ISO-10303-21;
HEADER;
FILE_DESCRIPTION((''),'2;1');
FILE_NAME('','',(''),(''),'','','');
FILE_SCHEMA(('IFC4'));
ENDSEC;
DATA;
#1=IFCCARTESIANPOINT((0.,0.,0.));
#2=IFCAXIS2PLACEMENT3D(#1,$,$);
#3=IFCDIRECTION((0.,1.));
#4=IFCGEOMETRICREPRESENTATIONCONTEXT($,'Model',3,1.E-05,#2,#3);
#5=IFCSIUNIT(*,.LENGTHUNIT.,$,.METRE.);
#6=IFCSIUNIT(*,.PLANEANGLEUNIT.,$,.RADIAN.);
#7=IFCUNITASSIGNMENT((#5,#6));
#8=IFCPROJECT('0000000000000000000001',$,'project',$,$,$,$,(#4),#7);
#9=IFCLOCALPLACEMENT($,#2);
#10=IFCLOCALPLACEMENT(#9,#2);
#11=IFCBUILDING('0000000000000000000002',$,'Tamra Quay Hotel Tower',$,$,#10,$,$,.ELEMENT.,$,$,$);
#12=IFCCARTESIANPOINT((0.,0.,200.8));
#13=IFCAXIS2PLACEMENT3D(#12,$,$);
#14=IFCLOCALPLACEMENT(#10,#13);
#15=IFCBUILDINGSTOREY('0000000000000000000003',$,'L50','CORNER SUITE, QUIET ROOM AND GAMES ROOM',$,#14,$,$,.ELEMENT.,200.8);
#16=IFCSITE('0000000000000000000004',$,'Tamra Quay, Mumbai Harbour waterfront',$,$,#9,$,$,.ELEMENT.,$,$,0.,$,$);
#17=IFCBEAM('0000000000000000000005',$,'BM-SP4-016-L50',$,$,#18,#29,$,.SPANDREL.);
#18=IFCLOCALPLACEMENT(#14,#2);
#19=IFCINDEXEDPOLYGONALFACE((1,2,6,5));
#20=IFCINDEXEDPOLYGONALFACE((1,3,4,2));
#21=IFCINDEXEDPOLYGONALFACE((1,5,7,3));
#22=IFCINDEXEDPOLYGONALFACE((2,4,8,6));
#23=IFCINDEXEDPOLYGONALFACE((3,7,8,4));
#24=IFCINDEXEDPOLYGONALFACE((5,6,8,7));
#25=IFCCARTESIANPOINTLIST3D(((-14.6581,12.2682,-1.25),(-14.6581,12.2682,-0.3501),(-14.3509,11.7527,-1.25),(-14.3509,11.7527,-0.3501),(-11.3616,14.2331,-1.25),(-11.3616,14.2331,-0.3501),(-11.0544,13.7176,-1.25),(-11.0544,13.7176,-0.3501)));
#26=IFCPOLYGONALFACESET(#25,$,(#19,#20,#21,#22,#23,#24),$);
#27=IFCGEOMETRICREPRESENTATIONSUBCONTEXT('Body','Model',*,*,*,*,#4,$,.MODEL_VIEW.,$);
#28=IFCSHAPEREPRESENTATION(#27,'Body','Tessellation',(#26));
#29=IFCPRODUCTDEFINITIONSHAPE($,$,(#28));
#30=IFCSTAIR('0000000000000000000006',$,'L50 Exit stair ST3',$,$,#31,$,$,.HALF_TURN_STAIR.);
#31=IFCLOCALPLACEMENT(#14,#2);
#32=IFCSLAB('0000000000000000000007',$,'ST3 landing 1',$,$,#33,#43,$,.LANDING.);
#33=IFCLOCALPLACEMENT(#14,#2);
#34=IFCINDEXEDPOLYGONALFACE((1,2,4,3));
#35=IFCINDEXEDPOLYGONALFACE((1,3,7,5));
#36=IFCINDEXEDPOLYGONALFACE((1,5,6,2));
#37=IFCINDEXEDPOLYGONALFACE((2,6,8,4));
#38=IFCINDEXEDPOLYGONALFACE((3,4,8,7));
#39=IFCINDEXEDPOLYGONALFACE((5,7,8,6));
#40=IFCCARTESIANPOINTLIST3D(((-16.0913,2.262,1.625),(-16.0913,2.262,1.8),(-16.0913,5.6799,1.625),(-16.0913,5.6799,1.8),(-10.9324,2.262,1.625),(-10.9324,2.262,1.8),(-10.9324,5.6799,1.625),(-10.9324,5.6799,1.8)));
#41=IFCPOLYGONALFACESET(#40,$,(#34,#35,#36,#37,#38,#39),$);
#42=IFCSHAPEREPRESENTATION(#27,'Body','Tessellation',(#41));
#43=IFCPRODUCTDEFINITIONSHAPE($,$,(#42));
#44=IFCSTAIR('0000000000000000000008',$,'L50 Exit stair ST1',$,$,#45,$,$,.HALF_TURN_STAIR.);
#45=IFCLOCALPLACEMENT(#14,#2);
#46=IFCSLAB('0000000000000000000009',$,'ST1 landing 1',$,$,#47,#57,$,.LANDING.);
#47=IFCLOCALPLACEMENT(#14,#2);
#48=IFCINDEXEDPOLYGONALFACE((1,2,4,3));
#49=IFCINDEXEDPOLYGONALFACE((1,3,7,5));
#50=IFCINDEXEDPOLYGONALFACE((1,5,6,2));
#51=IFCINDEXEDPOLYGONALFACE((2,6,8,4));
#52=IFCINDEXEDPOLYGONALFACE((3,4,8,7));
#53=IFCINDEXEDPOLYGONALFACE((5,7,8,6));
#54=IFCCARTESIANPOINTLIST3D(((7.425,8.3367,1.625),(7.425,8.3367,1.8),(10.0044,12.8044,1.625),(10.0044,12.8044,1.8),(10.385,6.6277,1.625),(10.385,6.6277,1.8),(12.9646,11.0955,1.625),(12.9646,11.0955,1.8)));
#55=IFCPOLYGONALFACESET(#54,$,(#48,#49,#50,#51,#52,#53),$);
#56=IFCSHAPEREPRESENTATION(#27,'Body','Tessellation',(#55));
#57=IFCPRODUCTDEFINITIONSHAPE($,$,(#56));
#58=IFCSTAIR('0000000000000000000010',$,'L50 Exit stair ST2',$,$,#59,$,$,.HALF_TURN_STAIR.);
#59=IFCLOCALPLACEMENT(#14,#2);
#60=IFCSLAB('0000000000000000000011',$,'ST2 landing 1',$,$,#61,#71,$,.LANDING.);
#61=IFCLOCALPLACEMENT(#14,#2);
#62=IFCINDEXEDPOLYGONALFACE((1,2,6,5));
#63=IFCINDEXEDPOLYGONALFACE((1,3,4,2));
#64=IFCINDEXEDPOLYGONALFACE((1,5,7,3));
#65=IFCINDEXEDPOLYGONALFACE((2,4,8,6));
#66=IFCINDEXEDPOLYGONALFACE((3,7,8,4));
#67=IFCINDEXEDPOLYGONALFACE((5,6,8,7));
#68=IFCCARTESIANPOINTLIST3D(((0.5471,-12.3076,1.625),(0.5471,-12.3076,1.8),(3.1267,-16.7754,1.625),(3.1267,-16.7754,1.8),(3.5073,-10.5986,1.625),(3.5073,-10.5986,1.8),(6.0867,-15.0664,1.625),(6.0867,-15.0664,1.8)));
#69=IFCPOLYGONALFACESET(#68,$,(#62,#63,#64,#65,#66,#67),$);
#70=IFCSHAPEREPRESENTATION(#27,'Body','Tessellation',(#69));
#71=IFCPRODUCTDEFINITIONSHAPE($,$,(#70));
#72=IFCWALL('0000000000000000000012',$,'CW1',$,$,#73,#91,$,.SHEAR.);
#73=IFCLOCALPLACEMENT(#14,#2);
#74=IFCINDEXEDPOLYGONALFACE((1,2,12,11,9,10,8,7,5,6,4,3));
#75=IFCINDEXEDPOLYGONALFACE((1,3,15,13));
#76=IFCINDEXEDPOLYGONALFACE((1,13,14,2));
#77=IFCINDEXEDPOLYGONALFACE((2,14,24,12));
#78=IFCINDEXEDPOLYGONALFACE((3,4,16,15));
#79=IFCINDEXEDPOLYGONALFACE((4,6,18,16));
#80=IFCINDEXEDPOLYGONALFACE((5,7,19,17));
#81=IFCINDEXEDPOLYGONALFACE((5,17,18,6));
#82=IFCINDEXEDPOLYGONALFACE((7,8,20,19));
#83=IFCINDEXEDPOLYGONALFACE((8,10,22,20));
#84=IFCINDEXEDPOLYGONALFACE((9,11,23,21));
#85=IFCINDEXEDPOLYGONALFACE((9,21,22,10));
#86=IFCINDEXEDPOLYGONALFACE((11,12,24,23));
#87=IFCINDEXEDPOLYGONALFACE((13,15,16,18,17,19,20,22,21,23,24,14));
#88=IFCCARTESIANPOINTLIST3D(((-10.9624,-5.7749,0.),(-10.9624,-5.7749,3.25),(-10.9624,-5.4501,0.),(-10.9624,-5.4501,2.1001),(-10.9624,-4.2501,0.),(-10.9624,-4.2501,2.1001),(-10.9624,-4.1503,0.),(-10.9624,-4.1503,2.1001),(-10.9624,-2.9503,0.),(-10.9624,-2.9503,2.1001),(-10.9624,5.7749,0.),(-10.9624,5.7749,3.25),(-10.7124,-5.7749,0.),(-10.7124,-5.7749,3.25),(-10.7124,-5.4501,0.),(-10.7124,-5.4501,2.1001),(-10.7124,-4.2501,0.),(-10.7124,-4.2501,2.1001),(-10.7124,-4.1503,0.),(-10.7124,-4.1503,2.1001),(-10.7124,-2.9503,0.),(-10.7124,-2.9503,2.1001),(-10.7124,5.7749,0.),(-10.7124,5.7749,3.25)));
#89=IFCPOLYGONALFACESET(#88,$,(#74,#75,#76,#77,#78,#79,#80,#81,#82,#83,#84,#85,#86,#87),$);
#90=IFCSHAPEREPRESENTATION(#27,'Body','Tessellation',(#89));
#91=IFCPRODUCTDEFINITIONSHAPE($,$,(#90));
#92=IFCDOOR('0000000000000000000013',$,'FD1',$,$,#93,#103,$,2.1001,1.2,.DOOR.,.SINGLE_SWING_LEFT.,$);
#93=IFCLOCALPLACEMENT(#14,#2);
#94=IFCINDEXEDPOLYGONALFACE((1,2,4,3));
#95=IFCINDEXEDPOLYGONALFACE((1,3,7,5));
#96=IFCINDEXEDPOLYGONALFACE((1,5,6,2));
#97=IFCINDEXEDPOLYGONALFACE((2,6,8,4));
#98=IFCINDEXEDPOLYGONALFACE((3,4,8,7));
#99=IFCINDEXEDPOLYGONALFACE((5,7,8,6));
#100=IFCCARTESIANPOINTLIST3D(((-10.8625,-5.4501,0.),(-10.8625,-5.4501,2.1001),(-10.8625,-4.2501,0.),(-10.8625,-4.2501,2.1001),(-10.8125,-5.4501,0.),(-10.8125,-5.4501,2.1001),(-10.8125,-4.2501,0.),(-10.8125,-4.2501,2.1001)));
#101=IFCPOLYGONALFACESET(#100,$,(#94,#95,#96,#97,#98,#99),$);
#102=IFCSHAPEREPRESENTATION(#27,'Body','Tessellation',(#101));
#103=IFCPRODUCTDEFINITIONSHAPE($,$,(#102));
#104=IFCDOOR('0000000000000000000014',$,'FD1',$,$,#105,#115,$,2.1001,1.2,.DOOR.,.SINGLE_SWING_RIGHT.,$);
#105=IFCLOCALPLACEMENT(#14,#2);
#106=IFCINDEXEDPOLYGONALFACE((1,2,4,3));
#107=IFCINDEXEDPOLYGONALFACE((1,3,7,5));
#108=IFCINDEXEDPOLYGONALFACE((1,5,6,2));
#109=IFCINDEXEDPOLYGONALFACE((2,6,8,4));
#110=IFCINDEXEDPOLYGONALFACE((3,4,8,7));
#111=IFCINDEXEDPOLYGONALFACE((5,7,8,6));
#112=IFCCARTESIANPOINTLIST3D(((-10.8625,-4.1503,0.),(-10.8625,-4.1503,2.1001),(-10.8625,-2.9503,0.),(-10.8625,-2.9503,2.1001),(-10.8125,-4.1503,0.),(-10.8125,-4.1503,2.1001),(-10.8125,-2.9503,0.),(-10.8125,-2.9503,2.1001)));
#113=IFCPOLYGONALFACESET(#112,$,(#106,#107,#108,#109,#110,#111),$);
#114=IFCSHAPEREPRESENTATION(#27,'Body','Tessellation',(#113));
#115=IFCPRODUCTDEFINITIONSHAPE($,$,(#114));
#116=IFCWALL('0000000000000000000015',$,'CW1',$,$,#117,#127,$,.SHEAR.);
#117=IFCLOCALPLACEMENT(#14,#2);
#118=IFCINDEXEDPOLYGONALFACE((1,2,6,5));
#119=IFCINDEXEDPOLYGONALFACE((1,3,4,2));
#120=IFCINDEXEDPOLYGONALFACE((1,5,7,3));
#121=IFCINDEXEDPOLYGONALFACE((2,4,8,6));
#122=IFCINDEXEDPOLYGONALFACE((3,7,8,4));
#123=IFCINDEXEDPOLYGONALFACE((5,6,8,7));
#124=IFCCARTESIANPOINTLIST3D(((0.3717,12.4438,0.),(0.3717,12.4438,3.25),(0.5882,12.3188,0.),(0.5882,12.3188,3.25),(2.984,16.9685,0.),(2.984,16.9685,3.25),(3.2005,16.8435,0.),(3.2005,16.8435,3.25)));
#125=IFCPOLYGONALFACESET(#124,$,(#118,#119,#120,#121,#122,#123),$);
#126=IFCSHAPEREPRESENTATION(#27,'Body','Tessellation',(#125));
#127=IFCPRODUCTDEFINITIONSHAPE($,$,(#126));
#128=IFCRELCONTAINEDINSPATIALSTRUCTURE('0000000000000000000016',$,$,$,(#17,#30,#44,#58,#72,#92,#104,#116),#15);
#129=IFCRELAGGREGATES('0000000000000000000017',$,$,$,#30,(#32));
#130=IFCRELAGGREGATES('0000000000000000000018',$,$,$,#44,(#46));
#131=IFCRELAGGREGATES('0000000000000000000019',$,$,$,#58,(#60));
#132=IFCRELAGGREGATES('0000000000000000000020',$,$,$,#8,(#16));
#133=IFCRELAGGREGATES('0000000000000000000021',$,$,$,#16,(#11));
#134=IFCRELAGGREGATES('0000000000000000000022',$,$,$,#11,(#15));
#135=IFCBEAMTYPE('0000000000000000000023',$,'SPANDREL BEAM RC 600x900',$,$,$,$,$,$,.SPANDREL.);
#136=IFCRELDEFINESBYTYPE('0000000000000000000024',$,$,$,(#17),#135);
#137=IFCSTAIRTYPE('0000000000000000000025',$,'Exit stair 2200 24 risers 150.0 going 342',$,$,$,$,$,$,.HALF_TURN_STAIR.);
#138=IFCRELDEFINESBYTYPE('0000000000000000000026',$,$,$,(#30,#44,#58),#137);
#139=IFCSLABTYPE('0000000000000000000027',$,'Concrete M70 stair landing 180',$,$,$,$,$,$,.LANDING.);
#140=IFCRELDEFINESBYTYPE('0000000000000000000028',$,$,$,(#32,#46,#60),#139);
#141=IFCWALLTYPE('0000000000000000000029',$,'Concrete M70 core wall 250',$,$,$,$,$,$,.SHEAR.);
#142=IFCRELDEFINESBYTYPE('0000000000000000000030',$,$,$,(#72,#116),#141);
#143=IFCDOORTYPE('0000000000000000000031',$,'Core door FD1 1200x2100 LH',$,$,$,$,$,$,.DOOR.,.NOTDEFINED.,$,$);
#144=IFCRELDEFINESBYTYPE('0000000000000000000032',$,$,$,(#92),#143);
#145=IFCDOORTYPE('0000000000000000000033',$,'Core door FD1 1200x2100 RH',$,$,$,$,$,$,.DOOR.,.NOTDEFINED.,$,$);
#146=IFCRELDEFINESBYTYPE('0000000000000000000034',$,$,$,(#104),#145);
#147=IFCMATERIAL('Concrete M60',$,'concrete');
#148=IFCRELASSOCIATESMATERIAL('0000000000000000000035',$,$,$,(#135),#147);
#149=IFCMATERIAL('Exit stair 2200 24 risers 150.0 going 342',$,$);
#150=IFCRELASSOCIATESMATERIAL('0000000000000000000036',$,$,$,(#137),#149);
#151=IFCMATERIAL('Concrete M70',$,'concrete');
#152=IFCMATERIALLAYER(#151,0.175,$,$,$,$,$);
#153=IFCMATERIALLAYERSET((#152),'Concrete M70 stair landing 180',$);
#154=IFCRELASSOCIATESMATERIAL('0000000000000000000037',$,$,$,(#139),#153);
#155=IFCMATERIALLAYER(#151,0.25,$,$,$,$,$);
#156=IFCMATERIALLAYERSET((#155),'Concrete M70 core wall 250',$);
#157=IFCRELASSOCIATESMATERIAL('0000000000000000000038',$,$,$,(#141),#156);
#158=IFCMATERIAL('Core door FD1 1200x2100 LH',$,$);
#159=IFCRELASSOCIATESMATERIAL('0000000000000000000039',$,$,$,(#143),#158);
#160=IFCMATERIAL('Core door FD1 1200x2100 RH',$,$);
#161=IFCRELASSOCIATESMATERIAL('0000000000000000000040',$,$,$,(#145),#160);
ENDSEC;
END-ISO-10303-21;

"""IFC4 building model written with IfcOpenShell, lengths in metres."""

from ifc_helpers import new_model, si_unit, direction, frame, frame_2d, origin, origin_2d, place, context, subcontext, project, spatial, polyline, rectangle, outline, extrude, material, layer, layer_set, material_profile, profile_set, type_object, element, fill, aggregate, save


model = new_model("IFC4")

# Units and contexts
model_context = context("Model", 3, precision=1e-05, world=origin(), true_north=direction((0.0, 1.0)))
body_context = subcontext(model_context, "Body", "Model", "MODEL_VIEW")
ifc_project = project(units=[si_unit("LENGTHUNIT", "METRE"), si_unit("PLANEANGLEUNIT", "RADIAN")], contexts=[model_context])

# Site, building, storey
site_placement = place(None, origin())
site = spatial("IfcSite", under=ifc_project, at=site_placement, Name="Tamra Quay, Mumbai Harbour waterfront", CompositionType="ELEMENT", RefElevation=0.0)
building_placement = place(site_placement, origin())
building = spatial("IfcBuilding", under=site, at=building_placement, Name="Tamra Quay Hotel Tower", CompositionType="ELEMENT")
storey_placement = place(building_placement, frame((0.0, 0.0, 200.8)))
storey = spatial("IfcBuildingStorey", under=building, at=storey_placement, Name="L50", Description="CORNER SUITE, QUIET ROOM AND GAMES ROOM", CompositionType="ELEMENT", Elevation=200.8)

# Beam
ifc_material_1 = material(Name="Concrete M60", Category="concrete")
ifc_material_profile = material_profile(ifc_material_1, rectangle(XDim=0.6001, YDim=0.8999, at=origin_2d()), Name="SPANDREL BEAM RC 600x900")
ifc_profile_set = profile_set([ifc_material_profile], Name="Concrete M60")
beam_type = type_object("IfcBeamType", Name="SPANDREL BEAM RC 600x900", PredefinedType="SPANDREL", material=ifc_profile_set)
beam_placement = place(storey_placement, frame((-11.208, 13.9753, -0.8), z_axis=(-0.858982, -0.512005, 0.0), x_axis=(0.512005, -0.858982, 0.0)))
element("IfcBeam", 1, at=beam_placement, inside=storey, type_object=beam_type, Name="BM-SP4-016-L50", PredefinedType="SPANDREL", context=body_context, shape_type="SweptSolid", body=[
    extrude(rectangle(XDim=0.6001, YDim=0.8999, at=origin_2d()), origin(), (0.0, 0.0, 1.0), 3.8376),
])

# Stairs, slabs
ifc_material_2 = material(Name="Exit stair 2200 24 risers 150.0 going 342")
stair_type = type_object("IfcStairType", Name="Exit stair 2200 24 risers 150.0 going 342", PredefinedType="HALF_TURN_STAIR", material=ifc_material_2)
stair_1_placement = place(storey_placement, origin())
stair_1 = element("IfcStair", 2, at=stair_1_placement, inside=storey, type_object=stair_type, Name="L50 Exit stair ST3", PredefinedType="HALF_TURN_STAIR")
ifc_material_3 = material(Name="Concrete M70", Category="concrete")
ifc_layer_1 = layer(ifc_material_3, 0.175)
ifc_layer_set_1 = layer_set([ifc_layer_1], Name="Concrete M70 stair landing 180")
slab_type_1 = type_object("IfcSlabType", Name="Concrete M70 stair landing 180", PredefinedType="LANDING", material=ifc_layer_set_1)
slab_1_placement = place(storey_placement, frame((0.0, 0.0, 1.625)))
slab_1 = element("IfcSlab", 3, at=slab_1_placement, type_object=slab_type_1, Name="ST3 landing 1", PredefinedType="LANDING", context=body_context, shape_type="SweptSolid", body=[
    extrude(outline(polyline([(-10.9324, 2.262), (-10.9324, 5.6799), (-16.0913, 5.6799), (-16.0913, 2.262), (-10.9324, 2.262)])), origin(), (0.0, 0.0, 1.0), 0.175),
])
aggregate(stair_1, [slab_1])
stair_2_placement = place(storey_placement, origin())
stair_2 = element("IfcStair", 4, at=stair_2_placement, inside=storey, type_object=stair_type, Name="L50 Exit stair ST1", PredefinedType="HALF_TURN_STAIR")
slab_2_placement = place(storey_placement, frame((0.0, 0.0, 1.625)))
slab_2 = element("IfcSlab", 5, at=slab_2_placement, type_object=slab_type_1, Name="ST1 landing 1", PredefinedType="LANDING", context=body_context, shape_type="SweptSolid", body=[
    extrude(outline(polyline([(7.425, 8.3367), (10.385, 6.6277), (12.9646, 11.0955), (10.0044, 12.8044), (7.425, 8.3367)])), origin(), (0.0, 0.0, 1.0), 0.175),
])
aggregate(stair_2, [slab_2])
stair_3_placement = place(storey_placement, origin())
stair_3 = element("IfcStair", 6, at=stair_3_placement, inside=storey, type_object=stair_type, Name="L50 Exit stair ST2", PredefinedType="HALF_TURN_STAIR")
slab_3_placement = place(storey_placement, frame((0.0, 0.0, 1.625)))
slab_3 = element("IfcSlab", 7, at=slab_3_placement, type_object=slab_type_1, Name="ST2 landing 1", PredefinedType="LANDING", context=body_context, shape_type="SweptSolid", body=[
    extrude(outline(polyline([(3.5073, -10.5986), (0.5471, -12.3076), (3.1267, -16.7754), (6.0867, -15.0664), (3.5073, -10.5986)])), origin(), (0.0, 0.0, 1.0), 0.175),
])
aggregate(stair_3, [slab_3])

# Wall, openings, doors
ifc_layer_2 = layer(ifc_material_3, 0.25)
ifc_layer_set_2 = layer_set([ifc_layer_2], Name="Concrete M70 core wall 250")
wall_type_1 = type_object("IfcWallType", Name="Concrete M70 core wall 250", PredefinedType="SHEAR", material=ifc_layer_set_2)
wall_1_placement = place(storey_placement, frame((-10.8374, 5.7749, 0.0), z_axis=(0.0, 0.0, 1.0), x_axis=(0.0, -1.0, 0.0)))
wall_1 = element("IfcWall", 8, at=wall_1_placement, inside=storey, type_object=wall_type_1, Name="CW1", PredefinedType="SHEAR", context=body_context, shape_type="SweptSolid", body=[
    extrude(rectangle(XDim=11.5498, YDim=0.25, at=frame_2d((5.7749, 0.0))), origin(), (0.0, 0.0, 1.0), 3.25),
])
opening_1_placement = place(wall_1_placement, frame((10.0249, 0.0, 0.0)))
opening_1 = element("IfcOpeningElement", 9, at=opening_1_placement, cuts=wall_1, PredefinedType="OPENING", context=body_context, shape_type="SweptSolid", body=[
    extrude(rectangle(XDim=1.2, YDim=2.1001, at=frame_2d((0.6001, 1.05))), frame((0.0, 0.135, 0.0), z_axis=(0.0, -1.0, 0.0), x_axis=(1.0, 0.0, 0.0)), (0.0, 0.0, 1.0), 0.27),
])
opening_2_placement = place(wall_1_placement, frame((8.7251, 0.0, 0.0)))
opening_2 = element("IfcOpeningElement", 10, at=opening_2_placement, cuts=wall_1, PredefinedType="OPENING", context=body_context, shape_type="SweptSolid", body=[
    extrude(rectangle(XDim=1.2, YDim=2.1001, at=frame_2d((0.6001, 1.05))), frame((0.0, 0.135, 0.0), z_axis=(0.0, -1.0, 0.0), x_axis=(1.0, 0.0, 0.0)), (0.0, 0.0, 1.0), 0.27),
])
ifc_material_4 = material(Name="Core door FD1 1200x2100 LH")
door_type_1 = type_object("IfcDoorType", Name="Core door FD1 1200x2100 LH", OperationType="NOTDEFINED", PredefinedType="DOOR", material=ifc_material_4)
door_1_placement = place(opening_1_placement, origin())
door_1 = element("IfcDoor", 11, at=door_1_placement, inside=storey, type_object=door_type_1, Name="FD1", OperationType="SINGLE_SWING_LEFT", OverallHeight=2.1001, OverallWidth=1.2, PredefinedType="DOOR", context=body_context, shape_type="SweptSolid", body=[
    extrude(rectangle(XDim=1.2, YDim=2.1001, at=frame_2d((0.6001, 1.05))), frame((0.0, 0.0249, 0.0), z_axis=(0.0, -1.0, 0.0), x_axis=(1.0, 0.0, 0.0)), (0.0, 0.0, 1.0), 0.05),
])
fill(opening_1, door_1)
ifc_material_5 = material(Name="Core door FD1 1200x2100 RH")
door_type_2 = type_object("IfcDoorType", Name="Core door FD1 1200x2100 RH", OperationType="NOTDEFINED", PredefinedType="DOOR", material=ifc_material_5)
door_2_placement = place(opening_2_placement, origin())
door_2 = element("IfcDoor", 12, at=door_2_placement, inside=storey, type_object=door_type_2, Name="FD1", OperationType="SINGLE_SWING_RIGHT", OverallHeight=2.1001, OverallWidth=1.2, PredefinedType="DOOR", context=body_context, shape_type="SweptSolid", body=[
    extrude(rectangle(XDim=1.2, YDim=2.1001, at=frame_2d((0.6001, 1.05))), frame((0.0, 0.0249, 0.0), z_axis=(0.0, -1.0, 0.0), x_axis=(1.0, 0.0, 0.0)), (0.0, 0.0, 1.0), 0.05),
])
fill(opening_2, door_2)

# Wall
wall_2_placement = place(storey_placement, frame((0.48, 12.3813, 0.0), z_axis=(0.0, 0.0, 1.0), x_axis=(0.499999, 0.866026, 0.0)))
element("IfcWall", 13, at=wall_2_placement, inside=storey, type_object=wall_type_1, Name="CW1", PredefinedType="SHEAR", context=body_context, shape_type="SweptSolid", body=[
    extrude(rectangle(XDim=5.2246, YDim=0.25, at=frame_2d((2.6123, 0.0))), origin(), (0.0, 0.0, 1.0), 3.25),
])

save(model, "model.ifc")
